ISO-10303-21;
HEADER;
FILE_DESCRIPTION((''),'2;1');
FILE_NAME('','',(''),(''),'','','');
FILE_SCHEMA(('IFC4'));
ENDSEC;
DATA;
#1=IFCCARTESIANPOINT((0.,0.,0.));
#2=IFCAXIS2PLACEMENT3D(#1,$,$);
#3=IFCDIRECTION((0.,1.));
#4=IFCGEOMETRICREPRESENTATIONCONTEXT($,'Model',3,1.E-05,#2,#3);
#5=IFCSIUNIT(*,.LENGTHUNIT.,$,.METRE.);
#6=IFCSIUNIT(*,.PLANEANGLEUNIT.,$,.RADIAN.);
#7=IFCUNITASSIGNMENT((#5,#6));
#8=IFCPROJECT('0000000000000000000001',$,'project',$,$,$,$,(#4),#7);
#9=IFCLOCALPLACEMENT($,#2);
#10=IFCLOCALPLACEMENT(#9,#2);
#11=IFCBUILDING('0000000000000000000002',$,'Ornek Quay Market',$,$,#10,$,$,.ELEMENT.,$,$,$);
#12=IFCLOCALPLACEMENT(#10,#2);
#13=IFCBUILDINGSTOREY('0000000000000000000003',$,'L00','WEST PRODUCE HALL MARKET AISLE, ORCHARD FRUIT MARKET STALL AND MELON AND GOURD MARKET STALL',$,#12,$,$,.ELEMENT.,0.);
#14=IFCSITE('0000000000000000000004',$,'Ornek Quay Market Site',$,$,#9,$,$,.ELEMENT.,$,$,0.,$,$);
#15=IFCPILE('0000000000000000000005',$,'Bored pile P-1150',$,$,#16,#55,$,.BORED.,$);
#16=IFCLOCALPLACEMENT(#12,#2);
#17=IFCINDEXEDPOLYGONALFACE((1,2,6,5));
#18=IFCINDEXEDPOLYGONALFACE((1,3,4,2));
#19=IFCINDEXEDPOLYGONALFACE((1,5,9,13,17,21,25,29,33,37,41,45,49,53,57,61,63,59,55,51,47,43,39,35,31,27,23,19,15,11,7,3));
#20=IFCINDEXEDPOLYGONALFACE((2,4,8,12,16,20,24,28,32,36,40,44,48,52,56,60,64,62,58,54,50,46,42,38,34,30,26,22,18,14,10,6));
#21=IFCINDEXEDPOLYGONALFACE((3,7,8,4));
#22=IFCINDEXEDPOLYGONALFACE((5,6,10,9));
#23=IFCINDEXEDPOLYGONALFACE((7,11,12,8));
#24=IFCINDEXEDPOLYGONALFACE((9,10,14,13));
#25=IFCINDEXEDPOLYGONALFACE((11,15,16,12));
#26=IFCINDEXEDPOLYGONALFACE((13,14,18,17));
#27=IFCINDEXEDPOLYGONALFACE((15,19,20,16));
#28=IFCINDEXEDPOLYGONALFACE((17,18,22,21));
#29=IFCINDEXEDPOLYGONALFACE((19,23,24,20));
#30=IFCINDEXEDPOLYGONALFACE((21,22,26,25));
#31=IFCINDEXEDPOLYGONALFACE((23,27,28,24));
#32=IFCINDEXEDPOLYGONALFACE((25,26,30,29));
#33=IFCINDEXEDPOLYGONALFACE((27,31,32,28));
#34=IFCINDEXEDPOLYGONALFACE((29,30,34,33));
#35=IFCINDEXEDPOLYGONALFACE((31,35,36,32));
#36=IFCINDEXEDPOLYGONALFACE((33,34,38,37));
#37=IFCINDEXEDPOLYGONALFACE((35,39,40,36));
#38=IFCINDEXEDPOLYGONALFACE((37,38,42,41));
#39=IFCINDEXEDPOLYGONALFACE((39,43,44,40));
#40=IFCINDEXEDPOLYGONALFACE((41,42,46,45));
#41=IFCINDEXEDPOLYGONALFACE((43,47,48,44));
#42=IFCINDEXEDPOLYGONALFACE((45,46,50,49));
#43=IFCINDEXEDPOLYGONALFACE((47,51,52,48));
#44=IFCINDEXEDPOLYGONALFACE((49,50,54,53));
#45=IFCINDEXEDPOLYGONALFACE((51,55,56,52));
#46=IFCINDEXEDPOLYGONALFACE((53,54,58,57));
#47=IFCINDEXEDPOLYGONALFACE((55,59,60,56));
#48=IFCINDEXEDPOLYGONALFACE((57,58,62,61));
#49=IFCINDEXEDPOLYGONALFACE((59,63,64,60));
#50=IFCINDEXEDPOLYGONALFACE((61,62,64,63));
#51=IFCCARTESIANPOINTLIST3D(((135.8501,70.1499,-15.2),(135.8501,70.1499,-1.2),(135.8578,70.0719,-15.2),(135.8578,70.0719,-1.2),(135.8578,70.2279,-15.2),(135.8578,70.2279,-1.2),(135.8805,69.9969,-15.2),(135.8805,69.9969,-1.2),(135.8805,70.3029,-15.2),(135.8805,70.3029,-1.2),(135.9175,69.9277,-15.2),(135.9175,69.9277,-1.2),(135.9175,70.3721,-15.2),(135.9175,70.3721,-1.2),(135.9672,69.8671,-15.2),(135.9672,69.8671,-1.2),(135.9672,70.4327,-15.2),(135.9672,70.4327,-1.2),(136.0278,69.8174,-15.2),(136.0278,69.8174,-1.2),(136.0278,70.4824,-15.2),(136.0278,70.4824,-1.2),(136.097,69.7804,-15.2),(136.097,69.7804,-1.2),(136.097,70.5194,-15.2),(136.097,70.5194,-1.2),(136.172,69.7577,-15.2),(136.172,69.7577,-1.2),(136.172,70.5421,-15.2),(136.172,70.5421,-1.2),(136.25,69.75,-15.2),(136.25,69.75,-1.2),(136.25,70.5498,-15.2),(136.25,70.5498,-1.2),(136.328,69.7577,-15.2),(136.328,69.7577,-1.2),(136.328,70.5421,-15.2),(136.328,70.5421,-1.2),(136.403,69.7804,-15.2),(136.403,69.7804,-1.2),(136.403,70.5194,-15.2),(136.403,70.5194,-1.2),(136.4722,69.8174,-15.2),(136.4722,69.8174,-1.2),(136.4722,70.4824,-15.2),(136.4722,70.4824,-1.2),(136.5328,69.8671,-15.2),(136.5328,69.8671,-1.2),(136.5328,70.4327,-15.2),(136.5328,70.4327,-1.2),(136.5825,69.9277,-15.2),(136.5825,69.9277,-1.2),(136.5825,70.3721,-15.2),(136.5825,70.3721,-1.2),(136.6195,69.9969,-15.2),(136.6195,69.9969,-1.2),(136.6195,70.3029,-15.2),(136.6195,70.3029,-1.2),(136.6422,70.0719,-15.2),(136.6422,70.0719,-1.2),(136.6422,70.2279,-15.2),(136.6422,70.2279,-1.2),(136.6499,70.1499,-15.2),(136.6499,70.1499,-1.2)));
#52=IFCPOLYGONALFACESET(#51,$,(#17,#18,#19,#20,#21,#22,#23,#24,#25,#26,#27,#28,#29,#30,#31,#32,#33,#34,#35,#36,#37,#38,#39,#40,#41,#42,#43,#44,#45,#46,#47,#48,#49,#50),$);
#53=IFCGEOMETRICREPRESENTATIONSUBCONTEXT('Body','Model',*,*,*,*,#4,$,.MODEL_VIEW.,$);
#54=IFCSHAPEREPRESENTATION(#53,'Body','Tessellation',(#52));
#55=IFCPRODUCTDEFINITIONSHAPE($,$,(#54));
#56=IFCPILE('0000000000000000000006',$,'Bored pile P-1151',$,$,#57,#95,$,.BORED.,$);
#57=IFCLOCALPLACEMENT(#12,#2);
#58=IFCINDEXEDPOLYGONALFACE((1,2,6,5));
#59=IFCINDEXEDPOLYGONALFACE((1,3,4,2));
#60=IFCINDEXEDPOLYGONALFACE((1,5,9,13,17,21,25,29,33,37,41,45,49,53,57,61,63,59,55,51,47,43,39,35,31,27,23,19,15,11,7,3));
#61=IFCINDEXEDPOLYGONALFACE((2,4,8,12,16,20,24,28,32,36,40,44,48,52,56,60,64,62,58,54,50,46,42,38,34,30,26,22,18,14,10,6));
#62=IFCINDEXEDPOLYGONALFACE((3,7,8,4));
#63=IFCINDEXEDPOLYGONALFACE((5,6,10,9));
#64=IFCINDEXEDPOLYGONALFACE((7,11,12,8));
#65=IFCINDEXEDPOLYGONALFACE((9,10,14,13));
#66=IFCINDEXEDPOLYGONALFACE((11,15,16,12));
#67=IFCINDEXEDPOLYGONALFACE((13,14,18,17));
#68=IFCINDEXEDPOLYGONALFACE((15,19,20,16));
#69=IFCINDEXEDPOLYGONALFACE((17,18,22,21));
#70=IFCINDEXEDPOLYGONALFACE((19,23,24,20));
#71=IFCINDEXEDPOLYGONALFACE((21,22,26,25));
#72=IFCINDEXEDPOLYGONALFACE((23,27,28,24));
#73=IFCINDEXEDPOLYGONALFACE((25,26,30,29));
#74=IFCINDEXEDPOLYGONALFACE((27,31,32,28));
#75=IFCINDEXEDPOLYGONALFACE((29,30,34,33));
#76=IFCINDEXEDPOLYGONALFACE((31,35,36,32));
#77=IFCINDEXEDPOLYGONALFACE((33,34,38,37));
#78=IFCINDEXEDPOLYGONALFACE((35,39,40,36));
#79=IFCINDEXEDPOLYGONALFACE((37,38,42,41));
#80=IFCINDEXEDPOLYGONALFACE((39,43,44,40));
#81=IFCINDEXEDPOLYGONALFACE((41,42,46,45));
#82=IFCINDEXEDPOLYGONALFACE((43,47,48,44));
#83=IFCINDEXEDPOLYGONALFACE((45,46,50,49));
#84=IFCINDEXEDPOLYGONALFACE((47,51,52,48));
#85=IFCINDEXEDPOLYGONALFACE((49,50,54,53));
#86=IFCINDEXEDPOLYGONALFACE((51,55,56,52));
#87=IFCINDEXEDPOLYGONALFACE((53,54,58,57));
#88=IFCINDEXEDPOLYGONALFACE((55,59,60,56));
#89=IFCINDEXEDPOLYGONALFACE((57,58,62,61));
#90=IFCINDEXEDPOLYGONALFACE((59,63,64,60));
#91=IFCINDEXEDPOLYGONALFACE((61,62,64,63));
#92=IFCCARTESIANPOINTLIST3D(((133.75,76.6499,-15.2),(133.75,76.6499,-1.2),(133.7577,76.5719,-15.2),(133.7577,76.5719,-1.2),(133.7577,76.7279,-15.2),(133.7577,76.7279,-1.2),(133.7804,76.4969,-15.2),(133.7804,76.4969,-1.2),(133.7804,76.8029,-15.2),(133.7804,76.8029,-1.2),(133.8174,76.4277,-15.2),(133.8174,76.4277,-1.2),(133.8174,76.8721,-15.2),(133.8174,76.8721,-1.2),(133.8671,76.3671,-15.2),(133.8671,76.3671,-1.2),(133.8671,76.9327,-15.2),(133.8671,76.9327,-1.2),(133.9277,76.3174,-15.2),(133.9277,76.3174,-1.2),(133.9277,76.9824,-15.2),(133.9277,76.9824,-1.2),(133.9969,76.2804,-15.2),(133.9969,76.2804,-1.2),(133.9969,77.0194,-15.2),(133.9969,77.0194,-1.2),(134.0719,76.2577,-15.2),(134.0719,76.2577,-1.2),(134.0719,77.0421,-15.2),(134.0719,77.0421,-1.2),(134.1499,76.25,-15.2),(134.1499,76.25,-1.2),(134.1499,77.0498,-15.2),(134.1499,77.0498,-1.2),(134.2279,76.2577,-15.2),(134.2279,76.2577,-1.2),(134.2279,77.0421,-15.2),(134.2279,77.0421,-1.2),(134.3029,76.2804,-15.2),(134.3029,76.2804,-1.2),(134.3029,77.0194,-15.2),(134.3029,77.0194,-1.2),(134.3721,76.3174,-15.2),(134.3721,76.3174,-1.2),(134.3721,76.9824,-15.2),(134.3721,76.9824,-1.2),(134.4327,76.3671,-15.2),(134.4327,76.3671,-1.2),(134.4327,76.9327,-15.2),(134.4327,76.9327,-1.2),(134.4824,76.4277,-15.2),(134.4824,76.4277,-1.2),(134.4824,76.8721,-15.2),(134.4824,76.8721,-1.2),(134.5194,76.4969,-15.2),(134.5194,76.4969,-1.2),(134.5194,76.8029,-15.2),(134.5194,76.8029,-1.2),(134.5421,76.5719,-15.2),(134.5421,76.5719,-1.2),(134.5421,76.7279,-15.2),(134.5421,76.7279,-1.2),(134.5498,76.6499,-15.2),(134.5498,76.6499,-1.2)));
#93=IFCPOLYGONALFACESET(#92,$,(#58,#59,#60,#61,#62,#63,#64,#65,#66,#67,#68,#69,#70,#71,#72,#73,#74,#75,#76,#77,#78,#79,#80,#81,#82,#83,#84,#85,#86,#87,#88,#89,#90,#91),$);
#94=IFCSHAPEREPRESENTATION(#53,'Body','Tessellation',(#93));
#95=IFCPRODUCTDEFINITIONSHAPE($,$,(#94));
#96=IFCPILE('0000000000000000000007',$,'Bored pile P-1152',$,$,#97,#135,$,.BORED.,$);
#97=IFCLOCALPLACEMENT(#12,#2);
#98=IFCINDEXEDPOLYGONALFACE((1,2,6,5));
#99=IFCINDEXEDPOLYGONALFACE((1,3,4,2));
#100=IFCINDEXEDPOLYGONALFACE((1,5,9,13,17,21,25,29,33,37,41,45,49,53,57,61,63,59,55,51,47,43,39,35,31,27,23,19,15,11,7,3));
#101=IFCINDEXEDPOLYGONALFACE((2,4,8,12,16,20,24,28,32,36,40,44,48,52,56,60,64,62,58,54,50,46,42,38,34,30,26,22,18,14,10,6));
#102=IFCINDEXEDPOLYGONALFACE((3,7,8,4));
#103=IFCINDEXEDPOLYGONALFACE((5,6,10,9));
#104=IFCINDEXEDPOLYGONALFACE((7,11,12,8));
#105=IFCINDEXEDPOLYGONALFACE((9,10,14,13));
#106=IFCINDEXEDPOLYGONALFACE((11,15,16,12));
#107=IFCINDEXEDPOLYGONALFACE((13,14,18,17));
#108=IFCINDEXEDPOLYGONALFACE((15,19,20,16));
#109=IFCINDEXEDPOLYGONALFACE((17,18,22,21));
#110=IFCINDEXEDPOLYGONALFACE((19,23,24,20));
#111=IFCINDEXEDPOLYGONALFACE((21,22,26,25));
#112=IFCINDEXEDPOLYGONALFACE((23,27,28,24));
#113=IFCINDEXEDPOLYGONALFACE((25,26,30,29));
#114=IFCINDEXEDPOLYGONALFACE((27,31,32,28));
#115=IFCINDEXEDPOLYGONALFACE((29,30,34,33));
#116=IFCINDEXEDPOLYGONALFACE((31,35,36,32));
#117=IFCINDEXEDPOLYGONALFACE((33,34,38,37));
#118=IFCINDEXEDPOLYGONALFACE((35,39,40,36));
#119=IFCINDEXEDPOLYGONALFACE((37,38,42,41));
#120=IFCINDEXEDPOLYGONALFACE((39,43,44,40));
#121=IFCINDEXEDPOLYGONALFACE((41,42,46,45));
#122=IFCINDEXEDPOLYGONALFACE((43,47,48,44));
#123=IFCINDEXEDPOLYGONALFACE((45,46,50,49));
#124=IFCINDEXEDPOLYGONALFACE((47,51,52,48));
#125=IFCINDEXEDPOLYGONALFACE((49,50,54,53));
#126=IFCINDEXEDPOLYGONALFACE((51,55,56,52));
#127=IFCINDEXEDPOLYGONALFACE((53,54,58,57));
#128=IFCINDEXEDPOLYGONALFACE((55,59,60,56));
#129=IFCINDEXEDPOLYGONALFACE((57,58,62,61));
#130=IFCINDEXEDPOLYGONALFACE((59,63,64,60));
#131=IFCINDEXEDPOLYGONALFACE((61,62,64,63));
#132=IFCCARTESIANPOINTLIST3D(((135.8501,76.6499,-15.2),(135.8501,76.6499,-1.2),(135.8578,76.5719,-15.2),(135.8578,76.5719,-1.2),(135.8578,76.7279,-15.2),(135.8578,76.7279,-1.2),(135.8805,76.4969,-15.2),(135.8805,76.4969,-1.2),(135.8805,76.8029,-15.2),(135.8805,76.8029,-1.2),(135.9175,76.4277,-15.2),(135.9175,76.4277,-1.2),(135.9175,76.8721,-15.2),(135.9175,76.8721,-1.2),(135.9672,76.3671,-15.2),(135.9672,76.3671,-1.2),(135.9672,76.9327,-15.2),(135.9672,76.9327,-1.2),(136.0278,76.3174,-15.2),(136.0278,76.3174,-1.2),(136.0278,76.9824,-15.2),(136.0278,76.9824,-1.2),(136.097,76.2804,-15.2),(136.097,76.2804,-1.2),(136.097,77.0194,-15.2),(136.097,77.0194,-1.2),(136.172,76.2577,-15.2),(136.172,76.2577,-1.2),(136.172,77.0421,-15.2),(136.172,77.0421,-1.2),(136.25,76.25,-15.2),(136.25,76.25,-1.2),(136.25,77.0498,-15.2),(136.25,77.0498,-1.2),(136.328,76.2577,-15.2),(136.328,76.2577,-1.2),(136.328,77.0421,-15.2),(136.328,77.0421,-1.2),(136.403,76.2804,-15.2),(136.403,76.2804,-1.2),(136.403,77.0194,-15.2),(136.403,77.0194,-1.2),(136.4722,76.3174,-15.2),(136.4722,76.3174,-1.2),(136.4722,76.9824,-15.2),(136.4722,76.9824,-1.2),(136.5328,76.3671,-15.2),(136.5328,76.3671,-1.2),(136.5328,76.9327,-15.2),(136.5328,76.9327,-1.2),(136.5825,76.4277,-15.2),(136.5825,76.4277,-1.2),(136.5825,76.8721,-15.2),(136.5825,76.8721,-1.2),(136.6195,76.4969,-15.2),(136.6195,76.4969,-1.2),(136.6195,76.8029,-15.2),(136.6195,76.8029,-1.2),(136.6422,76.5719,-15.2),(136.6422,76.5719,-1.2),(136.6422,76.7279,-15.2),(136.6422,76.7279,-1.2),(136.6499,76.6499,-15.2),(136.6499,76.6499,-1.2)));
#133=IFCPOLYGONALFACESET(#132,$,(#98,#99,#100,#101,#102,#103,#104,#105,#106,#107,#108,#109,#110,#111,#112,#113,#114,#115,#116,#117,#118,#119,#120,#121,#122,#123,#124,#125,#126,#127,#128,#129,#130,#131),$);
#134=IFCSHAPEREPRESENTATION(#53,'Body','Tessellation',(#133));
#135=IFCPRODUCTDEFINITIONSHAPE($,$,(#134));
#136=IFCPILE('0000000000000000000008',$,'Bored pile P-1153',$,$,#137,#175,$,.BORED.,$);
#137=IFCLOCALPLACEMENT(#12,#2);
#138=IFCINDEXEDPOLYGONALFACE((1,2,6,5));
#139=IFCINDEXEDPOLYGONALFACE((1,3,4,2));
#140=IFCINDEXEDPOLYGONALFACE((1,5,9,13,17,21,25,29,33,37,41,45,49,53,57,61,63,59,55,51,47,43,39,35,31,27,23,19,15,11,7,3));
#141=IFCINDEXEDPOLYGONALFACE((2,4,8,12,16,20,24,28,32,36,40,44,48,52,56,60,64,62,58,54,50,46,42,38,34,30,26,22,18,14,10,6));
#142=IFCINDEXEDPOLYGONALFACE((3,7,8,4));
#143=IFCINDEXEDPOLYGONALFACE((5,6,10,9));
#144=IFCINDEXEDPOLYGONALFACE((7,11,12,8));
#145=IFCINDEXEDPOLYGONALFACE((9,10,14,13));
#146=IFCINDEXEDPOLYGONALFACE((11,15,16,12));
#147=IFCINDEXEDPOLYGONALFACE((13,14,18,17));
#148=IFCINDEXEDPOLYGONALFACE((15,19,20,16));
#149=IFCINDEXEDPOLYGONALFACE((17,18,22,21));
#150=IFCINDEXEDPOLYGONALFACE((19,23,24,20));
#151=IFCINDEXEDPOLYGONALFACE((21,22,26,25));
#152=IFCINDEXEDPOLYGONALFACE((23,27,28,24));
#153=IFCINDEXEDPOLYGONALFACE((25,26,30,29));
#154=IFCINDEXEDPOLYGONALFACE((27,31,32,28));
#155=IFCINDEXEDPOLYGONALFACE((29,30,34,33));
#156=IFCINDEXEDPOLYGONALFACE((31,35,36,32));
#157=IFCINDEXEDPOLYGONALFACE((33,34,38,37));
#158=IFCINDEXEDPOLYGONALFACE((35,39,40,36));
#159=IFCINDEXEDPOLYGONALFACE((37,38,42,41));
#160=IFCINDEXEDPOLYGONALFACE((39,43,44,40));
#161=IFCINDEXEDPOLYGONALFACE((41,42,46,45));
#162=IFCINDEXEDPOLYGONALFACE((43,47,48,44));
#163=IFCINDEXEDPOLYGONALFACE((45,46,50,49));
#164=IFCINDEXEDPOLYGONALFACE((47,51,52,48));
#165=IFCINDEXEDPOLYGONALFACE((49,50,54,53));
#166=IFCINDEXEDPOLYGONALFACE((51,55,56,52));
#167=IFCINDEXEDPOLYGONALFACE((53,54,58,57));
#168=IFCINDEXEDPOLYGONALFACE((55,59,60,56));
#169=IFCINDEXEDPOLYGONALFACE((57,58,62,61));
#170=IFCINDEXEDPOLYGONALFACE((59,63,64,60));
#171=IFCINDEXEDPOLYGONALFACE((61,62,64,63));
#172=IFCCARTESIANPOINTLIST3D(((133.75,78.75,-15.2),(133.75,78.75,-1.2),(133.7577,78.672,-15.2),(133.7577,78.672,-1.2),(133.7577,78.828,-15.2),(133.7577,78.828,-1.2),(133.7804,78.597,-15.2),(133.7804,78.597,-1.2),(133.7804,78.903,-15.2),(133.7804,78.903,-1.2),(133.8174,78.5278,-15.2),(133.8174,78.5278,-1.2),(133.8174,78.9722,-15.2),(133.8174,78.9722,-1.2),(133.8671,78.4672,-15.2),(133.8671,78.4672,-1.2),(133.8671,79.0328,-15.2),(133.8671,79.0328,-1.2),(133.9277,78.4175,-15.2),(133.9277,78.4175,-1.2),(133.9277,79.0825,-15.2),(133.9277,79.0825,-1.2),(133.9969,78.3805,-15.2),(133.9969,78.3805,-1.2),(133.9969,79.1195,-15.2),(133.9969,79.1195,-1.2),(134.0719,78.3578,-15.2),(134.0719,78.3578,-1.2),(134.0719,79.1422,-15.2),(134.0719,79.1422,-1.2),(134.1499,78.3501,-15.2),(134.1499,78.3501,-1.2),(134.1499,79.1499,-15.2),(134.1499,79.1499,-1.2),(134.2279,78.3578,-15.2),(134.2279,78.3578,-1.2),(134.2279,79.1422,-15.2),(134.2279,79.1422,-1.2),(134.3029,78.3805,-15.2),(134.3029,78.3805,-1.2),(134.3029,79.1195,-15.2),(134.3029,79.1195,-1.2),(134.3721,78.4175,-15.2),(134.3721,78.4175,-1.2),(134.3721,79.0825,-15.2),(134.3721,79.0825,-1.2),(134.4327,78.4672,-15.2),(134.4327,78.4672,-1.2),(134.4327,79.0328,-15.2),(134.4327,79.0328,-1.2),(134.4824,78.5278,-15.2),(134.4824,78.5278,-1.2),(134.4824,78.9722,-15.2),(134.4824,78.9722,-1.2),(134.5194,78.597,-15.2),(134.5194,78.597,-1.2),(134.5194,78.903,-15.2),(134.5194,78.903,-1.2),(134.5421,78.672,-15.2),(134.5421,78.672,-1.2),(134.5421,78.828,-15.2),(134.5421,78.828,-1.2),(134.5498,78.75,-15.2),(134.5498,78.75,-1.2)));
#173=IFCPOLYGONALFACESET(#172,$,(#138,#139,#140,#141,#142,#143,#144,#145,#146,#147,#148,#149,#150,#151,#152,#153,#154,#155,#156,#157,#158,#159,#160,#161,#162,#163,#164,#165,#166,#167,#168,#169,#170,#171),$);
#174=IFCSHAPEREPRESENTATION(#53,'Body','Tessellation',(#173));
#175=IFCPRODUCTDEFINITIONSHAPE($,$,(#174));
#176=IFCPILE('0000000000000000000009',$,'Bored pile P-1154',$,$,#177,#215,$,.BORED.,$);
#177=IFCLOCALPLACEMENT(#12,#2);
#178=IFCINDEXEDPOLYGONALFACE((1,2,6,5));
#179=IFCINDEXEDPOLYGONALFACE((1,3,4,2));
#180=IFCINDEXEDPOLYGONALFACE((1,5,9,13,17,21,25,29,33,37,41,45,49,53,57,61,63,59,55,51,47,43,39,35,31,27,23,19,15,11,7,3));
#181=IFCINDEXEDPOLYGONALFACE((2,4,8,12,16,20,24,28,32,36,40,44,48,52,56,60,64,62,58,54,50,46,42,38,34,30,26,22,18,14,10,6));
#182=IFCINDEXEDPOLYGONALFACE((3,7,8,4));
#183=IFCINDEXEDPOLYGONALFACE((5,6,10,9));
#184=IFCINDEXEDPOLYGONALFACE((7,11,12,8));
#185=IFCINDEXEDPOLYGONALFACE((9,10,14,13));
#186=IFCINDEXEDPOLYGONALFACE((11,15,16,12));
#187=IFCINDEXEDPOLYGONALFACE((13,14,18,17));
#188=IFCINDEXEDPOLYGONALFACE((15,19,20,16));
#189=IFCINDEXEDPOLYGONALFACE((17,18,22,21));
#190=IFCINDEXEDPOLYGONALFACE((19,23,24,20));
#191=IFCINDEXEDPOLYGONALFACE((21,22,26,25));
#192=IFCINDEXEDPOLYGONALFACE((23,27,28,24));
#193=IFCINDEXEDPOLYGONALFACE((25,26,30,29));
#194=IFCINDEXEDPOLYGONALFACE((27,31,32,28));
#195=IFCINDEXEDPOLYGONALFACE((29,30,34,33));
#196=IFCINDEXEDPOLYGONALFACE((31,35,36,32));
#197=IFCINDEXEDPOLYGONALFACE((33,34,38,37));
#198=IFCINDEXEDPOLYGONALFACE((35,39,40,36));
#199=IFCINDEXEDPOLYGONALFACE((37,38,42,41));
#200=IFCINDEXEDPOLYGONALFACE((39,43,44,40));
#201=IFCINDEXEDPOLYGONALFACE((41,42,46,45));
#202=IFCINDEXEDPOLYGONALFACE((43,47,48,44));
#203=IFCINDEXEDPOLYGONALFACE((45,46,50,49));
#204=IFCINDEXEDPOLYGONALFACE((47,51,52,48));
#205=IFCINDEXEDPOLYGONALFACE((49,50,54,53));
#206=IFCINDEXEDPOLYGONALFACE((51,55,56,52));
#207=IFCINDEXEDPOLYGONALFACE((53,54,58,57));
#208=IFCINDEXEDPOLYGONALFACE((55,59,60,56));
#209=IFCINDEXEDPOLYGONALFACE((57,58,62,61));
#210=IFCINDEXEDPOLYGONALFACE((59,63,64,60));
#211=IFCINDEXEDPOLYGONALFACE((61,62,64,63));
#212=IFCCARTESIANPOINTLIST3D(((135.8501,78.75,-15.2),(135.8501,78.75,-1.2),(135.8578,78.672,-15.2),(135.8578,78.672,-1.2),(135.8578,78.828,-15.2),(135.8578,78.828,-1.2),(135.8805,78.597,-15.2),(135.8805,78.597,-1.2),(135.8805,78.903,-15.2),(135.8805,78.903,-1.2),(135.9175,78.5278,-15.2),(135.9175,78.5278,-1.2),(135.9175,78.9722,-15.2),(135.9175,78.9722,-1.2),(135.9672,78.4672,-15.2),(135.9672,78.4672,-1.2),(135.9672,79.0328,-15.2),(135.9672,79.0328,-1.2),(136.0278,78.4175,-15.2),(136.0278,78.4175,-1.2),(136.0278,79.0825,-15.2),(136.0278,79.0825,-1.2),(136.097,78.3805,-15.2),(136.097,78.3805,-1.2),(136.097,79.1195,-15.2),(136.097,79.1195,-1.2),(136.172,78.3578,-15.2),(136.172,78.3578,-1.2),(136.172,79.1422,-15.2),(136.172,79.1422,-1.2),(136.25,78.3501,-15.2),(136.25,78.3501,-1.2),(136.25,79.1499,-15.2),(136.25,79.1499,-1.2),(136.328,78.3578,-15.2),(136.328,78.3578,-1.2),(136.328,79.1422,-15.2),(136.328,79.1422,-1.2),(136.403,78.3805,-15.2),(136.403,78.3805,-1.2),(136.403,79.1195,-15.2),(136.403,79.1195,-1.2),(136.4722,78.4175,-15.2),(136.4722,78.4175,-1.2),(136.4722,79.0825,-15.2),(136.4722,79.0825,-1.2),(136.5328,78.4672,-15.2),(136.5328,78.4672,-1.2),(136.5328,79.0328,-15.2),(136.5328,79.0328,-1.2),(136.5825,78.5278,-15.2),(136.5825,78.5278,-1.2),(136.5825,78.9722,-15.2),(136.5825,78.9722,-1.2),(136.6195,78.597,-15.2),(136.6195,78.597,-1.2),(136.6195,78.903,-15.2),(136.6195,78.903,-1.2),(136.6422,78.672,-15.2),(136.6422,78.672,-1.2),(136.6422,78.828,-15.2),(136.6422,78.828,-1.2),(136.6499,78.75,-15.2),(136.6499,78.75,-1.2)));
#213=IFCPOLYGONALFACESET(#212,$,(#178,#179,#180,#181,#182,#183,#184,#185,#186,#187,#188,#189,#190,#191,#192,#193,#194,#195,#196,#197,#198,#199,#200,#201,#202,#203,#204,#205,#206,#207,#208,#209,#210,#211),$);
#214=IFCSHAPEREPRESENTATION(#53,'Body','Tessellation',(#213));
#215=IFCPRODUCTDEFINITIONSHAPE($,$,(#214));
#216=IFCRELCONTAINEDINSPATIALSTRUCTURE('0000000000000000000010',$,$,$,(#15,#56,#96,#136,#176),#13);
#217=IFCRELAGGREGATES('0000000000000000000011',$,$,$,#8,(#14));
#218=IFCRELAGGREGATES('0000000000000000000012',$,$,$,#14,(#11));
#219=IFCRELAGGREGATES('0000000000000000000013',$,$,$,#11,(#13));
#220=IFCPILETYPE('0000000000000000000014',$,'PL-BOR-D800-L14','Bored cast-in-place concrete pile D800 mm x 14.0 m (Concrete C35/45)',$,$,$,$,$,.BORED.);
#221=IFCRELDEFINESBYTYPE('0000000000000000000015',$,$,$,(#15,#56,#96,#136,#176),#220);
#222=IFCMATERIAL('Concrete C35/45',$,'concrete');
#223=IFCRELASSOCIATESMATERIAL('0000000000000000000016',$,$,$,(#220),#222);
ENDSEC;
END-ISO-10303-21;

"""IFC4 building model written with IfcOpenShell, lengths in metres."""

from ifc_helpers import new_model, si_unit, direction, frame, origin, origin_2d, place, context, subcontext, project, spatial, circle, extrude, material, material_profile, profile_set, type_object, element, save


model = new_model("IFC4")

# Units and contexts
model_context = context("Model", 3, precision=1e-05, world=origin(), true_north=direction((0.0, 1.0)))
body_context = subcontext(model_context, "Body", "Model", "MODEL_VIEW")
ifc_project = project(units=[si_unit("LENGTHUNIT", "METRE"), si_unit("PLANEANGLEUNIT", "RADIAN")], contexts=[model_context])

# Site, building, storey
site_placement = place(None, origin())
site = spatial("IfcSite", under=ifc_project, at=site_placement, Name="Ornek Quay Market Site", CompositionType="ELEMENT", RefElevation=0.0)
building_placement = place(site_placement, origin())
building = spatial("IfcBuilding", under=site, at=building_placement, Name="Ornek Quay Market", CompositionType="ELEMENT")
storey_placement = place(building_placement, origin())
storey = spatial("IfcBuildingStorey", under=building, at=storey_placement, Name="L00", Description="WEST PRODUCE HALL MARKET AISLE, ORCHARD FRUIT MARKET STALL AND MELON AND GOURD MARKET STALL", CompositionType="ELEMENT", Elevation=0.0)

# Piles
ifc_material_1 = material(Name="Concrete C35/45", Category="concrete")
ifc_material_profile_1 = material_profile(ifc_material_1, circle(Radius=0.3999, at=origin_2d()), Name="PILE D800", Category="concrete")
ifc_profile_set_1 = profile_set([ifc_material_profile_1], Name="Concrete C35/45")
pile_type_1 = type_object("IfcPileType", Name="PL-BOR-D800-L14", Description="Bored cast-in-place concrete pile D800 mm x 14.0 m (Concrete C35/45)", PredefinedType="BORED", material=ifc_profile_set_1)
for number, where, z_axis, x_axis, name in (
    (1, (136.25, 70.1499, -1.2), (0.0, 0.0, -1.0), (1.0, 0.0, 0.0), "Bored pile P-1150"),
    (2, (134.1499, 76.6499, -1.2), (0.0, 0.0, -1.0), (1.0, 0.0, 0.0), "Bored pile P-1151"),
    (3, (136.25, 76.6499, -1.2), (0.0, 0.0, -1.0), (1.0, 0.0, 0.0), "Bored pile P-1152"),
    (4, (134.1499, 78.75, -1.2), (0.0, 0.0, -1.0), (1.0, 0.0, 0.0), "Bored pile P-1153"),
    (5, (136.25, 78.75, -1.2), (0.0, 0.0, -1.0), (1.0, 0.0, 0.0), "Bored pile P-1154"),
):
    element("IfcPile", number, at=place(storey_placement, frame(where, z_axis=z_axis, x_axis=x_axis)), inside=storey, type_object=pile_type_1, Name=name, PredefinedType="BORED", context=body_context, shape_type="SweptSolid", body=[
        extrude(circle(Radius=0.3999, at=origin_2d()), origin(), (0.0, 0.0, 1.0), 14.0),
    ])

save(model, "model.ifc")
